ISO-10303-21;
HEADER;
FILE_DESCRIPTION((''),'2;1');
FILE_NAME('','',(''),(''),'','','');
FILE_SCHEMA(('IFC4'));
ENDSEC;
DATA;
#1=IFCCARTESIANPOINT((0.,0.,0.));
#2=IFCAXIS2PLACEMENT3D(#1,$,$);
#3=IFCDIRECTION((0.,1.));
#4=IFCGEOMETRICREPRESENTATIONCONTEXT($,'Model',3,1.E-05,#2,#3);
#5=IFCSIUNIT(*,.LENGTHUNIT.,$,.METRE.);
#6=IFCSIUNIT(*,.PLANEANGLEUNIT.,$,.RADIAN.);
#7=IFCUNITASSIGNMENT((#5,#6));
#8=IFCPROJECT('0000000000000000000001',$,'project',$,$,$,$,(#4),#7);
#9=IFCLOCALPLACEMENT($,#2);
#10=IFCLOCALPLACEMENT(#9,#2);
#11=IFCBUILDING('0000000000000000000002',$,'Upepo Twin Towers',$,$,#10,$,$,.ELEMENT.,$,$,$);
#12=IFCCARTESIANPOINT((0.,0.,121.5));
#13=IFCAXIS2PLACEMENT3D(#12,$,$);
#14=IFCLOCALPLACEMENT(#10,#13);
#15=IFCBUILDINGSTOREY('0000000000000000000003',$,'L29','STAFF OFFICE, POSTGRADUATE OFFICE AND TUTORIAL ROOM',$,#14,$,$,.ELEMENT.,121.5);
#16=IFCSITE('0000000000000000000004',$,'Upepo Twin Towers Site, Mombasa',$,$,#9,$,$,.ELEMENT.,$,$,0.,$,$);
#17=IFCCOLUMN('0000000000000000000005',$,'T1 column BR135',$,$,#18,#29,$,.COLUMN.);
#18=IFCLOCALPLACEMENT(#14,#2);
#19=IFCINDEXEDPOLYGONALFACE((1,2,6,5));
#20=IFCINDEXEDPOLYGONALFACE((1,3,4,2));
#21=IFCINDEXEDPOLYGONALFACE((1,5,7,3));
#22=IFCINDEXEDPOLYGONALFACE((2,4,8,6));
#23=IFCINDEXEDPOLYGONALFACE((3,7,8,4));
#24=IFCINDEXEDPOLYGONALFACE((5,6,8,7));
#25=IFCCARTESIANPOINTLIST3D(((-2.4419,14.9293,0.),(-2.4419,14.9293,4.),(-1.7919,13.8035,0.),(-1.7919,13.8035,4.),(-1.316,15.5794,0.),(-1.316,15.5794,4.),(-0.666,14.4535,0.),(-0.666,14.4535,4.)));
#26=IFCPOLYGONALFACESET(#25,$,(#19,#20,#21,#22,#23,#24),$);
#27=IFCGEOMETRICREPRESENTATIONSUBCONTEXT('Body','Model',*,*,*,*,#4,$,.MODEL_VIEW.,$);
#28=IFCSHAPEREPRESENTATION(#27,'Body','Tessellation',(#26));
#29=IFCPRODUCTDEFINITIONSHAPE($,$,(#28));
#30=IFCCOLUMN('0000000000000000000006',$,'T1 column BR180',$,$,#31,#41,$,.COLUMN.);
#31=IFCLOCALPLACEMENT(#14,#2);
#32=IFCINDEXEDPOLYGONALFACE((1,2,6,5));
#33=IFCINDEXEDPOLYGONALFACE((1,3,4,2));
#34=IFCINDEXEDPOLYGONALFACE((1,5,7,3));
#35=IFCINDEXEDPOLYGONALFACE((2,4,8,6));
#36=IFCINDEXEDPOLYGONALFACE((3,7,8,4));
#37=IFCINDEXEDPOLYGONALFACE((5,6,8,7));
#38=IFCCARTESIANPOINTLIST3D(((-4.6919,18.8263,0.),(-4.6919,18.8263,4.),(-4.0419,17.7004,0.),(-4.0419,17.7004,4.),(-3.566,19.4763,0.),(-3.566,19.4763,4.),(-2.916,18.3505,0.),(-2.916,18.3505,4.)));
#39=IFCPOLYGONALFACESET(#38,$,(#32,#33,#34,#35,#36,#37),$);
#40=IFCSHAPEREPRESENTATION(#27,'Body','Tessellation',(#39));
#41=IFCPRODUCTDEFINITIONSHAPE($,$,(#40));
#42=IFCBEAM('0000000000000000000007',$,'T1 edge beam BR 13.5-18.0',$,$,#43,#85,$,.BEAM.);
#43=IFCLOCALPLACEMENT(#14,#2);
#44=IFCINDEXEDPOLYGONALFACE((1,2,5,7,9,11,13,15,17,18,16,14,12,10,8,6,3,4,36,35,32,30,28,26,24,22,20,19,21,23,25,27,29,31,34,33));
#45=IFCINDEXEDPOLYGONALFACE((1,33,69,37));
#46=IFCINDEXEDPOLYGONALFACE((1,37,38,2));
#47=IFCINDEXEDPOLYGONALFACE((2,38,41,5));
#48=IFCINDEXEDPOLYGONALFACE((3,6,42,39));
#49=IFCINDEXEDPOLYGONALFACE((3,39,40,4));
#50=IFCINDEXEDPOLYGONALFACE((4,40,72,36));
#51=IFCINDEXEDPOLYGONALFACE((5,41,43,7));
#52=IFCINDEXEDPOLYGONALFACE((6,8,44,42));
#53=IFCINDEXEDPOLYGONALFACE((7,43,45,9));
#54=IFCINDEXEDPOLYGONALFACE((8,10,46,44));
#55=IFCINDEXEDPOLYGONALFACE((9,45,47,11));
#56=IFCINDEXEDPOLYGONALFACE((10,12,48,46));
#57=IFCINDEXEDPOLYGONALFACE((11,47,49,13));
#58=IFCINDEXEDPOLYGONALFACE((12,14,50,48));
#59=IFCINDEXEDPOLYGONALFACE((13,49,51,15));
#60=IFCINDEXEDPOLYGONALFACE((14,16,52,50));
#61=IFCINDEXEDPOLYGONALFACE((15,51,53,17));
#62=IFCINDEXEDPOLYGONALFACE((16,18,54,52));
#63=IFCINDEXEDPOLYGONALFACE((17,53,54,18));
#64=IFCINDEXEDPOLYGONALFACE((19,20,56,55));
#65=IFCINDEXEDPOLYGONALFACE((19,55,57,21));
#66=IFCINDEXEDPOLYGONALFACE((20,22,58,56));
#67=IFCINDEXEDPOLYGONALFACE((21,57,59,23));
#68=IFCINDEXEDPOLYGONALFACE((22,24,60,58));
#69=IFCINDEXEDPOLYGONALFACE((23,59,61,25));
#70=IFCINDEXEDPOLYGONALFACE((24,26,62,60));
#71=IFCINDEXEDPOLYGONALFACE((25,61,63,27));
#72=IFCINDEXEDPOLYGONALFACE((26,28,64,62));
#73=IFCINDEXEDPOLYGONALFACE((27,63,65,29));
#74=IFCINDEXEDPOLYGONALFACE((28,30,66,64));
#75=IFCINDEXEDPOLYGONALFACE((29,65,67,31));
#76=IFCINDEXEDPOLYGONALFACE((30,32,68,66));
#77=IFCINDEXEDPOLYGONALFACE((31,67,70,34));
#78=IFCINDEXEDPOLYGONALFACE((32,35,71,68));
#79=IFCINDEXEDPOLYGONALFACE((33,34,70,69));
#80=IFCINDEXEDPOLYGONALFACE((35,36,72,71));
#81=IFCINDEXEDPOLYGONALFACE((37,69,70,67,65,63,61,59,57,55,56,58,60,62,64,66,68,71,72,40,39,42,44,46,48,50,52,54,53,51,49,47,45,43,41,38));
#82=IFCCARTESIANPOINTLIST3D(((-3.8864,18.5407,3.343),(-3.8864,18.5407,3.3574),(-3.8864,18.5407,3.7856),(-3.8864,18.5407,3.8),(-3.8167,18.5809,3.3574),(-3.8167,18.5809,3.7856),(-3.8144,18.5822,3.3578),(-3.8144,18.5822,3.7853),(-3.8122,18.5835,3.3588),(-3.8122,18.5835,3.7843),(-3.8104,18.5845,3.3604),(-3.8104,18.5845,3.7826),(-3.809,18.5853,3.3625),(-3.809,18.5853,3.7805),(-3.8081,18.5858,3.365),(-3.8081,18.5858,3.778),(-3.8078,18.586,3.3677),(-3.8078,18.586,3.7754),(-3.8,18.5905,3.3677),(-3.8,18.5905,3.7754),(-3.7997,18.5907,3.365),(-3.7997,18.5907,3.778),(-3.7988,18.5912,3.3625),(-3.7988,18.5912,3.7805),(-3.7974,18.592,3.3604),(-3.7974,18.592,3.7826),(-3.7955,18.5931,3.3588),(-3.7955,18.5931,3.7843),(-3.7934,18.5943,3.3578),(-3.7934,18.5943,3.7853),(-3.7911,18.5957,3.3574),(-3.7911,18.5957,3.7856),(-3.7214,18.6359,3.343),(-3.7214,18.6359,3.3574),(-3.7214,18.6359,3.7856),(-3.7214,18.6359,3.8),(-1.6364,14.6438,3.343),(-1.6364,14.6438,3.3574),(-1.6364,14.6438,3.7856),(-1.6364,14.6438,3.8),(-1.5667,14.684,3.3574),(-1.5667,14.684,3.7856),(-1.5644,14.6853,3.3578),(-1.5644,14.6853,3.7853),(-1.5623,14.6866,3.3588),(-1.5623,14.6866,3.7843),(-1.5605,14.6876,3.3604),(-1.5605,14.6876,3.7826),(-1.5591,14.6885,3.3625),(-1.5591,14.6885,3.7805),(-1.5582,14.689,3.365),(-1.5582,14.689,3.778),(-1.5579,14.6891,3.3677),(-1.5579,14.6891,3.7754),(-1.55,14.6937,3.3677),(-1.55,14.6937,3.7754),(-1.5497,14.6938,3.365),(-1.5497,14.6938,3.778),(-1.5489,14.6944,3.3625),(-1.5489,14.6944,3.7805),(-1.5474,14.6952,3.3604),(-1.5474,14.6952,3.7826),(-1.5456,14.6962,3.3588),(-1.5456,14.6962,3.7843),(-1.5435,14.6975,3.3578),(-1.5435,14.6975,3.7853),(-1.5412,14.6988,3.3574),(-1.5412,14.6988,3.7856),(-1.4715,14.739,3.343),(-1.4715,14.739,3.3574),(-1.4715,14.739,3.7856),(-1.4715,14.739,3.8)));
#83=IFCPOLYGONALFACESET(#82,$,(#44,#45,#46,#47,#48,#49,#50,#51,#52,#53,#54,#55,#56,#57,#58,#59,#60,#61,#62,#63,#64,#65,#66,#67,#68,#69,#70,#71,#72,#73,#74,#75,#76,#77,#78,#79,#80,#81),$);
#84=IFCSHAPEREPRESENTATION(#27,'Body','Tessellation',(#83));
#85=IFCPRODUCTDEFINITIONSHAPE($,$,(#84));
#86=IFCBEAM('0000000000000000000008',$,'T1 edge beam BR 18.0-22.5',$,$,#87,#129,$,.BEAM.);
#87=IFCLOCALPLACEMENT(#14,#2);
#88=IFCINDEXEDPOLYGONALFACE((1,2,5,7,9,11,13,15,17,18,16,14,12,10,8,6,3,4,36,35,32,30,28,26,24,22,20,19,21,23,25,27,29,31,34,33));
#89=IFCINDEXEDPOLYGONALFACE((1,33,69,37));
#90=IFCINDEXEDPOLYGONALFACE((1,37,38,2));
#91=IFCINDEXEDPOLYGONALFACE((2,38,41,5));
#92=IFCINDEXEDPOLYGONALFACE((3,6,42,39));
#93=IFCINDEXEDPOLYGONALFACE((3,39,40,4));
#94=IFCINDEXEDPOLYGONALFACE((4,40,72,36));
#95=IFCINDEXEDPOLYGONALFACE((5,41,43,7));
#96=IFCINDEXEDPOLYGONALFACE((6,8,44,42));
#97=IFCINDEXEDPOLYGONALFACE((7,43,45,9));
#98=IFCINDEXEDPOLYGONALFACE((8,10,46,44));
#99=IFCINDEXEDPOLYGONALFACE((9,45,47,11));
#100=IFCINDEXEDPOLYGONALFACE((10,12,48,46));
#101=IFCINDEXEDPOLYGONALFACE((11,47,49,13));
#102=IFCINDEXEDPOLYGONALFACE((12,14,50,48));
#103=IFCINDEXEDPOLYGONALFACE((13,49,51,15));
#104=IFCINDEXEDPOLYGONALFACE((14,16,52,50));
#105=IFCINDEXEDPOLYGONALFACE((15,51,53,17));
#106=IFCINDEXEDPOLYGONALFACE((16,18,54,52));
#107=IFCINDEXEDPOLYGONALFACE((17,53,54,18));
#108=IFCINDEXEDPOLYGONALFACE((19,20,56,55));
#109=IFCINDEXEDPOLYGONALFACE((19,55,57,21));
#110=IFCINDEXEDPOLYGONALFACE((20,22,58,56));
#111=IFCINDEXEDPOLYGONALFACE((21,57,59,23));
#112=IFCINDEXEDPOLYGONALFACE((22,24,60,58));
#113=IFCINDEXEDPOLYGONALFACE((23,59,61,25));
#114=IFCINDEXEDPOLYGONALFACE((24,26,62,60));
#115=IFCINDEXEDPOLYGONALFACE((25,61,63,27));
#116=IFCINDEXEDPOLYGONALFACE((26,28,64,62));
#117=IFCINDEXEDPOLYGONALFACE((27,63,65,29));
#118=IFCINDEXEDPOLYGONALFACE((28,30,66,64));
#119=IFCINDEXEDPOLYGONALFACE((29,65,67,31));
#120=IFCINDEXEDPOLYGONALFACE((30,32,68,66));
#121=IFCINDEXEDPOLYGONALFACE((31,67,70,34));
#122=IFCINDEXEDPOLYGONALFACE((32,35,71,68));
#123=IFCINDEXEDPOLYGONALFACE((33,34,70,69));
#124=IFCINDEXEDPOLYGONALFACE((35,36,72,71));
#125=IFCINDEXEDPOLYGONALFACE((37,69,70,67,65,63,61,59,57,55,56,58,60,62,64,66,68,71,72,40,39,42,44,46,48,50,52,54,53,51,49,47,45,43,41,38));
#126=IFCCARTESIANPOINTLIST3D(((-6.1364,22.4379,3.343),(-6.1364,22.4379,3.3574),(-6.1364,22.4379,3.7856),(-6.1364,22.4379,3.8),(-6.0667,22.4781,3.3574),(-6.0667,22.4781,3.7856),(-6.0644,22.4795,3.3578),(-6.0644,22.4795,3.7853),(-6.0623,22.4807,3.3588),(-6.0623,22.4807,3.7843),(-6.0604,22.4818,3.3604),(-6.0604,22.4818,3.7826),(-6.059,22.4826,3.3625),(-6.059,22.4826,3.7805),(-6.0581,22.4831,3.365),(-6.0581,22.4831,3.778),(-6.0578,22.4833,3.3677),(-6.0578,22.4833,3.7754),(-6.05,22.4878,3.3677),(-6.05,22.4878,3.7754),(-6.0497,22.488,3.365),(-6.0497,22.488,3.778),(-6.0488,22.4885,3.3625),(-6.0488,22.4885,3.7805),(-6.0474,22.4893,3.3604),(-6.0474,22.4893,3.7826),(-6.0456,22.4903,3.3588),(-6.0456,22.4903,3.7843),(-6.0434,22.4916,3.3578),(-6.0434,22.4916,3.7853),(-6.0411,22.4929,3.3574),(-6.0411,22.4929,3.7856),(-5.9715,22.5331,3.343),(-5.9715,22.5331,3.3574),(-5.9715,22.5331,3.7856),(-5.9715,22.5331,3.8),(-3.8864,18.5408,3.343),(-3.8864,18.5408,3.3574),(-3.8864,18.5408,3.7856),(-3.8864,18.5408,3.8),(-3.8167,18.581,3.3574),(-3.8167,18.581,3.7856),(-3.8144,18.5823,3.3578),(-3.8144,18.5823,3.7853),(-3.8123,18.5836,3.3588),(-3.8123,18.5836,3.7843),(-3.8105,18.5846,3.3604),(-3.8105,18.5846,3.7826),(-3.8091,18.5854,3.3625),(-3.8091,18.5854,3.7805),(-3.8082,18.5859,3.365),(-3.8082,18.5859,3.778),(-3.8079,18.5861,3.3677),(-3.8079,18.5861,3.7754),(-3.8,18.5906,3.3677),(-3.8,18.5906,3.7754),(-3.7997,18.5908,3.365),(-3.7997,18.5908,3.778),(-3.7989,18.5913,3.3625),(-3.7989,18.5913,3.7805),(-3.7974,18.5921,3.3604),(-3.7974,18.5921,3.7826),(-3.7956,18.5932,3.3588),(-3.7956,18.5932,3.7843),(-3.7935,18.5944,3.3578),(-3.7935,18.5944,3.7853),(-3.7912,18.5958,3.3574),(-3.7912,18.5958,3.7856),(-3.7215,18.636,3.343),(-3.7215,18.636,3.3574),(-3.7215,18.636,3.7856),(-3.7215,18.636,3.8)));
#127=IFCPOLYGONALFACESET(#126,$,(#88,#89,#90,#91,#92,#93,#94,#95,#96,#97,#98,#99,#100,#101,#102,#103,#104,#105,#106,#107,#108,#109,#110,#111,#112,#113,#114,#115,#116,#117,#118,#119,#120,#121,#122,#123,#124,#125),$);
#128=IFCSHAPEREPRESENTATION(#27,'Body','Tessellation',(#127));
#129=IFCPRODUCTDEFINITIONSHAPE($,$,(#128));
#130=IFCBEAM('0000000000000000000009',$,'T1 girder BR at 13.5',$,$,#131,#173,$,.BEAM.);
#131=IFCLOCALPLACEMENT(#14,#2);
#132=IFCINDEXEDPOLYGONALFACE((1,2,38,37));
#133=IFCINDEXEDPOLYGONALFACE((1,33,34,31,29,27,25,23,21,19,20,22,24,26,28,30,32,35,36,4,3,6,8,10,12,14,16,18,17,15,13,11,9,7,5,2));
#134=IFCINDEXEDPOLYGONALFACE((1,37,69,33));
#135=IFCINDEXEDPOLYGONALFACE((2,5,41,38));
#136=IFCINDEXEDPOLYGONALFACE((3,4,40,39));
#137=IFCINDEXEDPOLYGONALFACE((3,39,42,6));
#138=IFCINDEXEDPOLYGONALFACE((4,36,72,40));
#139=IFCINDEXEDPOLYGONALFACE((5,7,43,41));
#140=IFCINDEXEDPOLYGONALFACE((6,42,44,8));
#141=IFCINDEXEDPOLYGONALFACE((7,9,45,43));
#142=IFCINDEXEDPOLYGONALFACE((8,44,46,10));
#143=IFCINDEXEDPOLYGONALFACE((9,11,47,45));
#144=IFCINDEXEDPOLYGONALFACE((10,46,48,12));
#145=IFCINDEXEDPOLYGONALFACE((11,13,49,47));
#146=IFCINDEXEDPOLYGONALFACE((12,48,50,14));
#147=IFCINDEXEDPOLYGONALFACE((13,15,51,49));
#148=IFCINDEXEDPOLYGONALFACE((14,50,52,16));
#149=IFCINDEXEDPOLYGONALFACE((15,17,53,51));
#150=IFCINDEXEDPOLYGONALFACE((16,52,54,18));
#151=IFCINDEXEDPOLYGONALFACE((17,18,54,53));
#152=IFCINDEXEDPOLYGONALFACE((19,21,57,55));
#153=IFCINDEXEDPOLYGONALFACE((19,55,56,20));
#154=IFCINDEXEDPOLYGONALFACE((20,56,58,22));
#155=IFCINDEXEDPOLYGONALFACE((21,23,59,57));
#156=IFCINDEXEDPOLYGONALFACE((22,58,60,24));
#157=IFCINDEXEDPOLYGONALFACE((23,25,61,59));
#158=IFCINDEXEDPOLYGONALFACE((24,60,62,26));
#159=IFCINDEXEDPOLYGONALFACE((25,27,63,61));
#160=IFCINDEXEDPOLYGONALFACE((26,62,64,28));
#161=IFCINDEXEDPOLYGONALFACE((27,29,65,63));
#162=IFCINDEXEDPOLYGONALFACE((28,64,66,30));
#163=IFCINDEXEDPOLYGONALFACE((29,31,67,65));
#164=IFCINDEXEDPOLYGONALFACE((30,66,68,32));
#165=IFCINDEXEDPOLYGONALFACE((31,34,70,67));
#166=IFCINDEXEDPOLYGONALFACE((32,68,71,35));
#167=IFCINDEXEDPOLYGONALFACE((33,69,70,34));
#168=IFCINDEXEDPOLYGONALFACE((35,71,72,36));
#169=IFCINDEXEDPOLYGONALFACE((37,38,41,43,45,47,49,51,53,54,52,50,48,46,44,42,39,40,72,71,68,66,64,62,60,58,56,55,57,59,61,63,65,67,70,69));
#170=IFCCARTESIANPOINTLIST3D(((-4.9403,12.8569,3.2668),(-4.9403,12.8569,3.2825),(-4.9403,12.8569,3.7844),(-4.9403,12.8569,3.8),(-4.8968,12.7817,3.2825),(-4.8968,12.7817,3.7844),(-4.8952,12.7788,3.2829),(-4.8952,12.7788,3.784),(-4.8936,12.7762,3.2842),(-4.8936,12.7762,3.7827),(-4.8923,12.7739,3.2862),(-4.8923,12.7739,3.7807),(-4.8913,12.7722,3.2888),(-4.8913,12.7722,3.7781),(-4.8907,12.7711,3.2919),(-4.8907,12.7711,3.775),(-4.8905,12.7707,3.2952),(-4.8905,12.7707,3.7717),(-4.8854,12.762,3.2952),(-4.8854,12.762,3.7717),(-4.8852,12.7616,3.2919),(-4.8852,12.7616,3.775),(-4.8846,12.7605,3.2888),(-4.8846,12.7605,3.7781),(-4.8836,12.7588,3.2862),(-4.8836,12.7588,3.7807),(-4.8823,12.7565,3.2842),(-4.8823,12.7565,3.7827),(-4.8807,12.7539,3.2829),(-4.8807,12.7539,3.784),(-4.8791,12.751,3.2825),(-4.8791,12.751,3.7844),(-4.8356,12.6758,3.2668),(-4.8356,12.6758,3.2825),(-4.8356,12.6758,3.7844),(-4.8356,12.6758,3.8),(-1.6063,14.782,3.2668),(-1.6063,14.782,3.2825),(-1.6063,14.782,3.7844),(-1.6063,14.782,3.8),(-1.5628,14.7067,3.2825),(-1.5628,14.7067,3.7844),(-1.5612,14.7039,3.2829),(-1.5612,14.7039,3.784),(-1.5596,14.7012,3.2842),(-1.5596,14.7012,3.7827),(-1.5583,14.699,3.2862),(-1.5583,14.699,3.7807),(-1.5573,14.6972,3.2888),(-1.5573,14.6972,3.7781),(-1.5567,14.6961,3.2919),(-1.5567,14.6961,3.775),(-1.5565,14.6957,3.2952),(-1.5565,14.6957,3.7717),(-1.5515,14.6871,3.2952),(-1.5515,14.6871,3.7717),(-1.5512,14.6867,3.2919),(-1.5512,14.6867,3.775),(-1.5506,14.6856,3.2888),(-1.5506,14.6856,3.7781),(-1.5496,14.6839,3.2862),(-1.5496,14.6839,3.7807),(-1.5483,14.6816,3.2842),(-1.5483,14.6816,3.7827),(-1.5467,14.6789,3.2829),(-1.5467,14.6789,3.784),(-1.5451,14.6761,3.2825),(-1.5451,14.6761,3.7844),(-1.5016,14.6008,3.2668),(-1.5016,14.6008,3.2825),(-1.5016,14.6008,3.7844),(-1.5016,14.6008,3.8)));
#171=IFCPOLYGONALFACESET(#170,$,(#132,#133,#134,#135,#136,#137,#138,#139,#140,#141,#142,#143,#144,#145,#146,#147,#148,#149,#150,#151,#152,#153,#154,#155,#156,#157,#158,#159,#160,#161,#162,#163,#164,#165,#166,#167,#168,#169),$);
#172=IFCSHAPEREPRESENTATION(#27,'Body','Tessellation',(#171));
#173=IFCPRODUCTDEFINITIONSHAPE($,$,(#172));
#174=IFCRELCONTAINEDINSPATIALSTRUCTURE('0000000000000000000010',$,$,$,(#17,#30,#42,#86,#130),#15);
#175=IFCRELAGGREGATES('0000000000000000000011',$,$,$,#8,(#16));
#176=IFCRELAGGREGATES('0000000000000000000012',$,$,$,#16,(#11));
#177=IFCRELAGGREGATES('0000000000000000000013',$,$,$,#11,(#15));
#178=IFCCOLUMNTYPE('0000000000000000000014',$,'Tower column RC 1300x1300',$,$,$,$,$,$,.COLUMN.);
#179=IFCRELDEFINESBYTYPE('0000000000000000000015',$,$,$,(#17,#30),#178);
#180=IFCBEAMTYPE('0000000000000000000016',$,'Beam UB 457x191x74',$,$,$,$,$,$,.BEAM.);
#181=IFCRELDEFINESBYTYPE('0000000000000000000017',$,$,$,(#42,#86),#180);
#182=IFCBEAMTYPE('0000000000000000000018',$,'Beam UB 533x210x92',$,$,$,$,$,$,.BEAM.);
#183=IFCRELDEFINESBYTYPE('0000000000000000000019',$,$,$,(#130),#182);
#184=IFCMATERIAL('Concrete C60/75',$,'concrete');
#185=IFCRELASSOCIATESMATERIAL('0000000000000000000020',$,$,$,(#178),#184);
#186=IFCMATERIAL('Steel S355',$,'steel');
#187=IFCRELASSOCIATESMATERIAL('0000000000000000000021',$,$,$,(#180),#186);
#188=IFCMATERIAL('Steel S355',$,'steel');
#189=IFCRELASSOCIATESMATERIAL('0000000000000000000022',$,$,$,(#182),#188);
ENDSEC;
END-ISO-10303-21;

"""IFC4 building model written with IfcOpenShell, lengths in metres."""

from ifc_helpers import new_model, si_unit, direction, frame, origin, origin_2d, place, context, subcontext, project, spatial, rectangle, i_section, extrude, material, material_profile, profile_set, type_object, element, save


model = new_model("IFC4")

# Units and contexts
model_context = context("Model", 3, precision=1e-05, world=origin(), true_north=direction((0.0, 1.0)))
body_context = subcontext(model_context, "Body", "Model", "MODEL_VIEW")
ifc_project = project(units=[si_unit("LENGTHUNIT", "METRE"), si_unit("PLANEANGLEUNIT", "RADIAN")], contexts=[model_context])

# Site, building, storey
site_placement = place(None, origin())
site = spatial("IfcSite", under=ifc_project, at=site_placement, Name="Upepo Twin Towers Site, Mombasa", CompositionType="ELEMENT", RefElevation=0.0)
building_placement = place(site_placement, origin())
building = spatial("IfcBuilding", under=site, at=building_placement, Name="Upepo Twin Towers", CompositionType="ELEMENT")
storey_placement = place(building_placement, frame((0.0, 0.0, 121.5)))
storey = spatial("IfcBuildingStorey", under=building, at=storey_placement, Name="L29", Description="STAFF OFFICE, POSTGRADUATE OFFICE AND TUTORIAL ROOM", CompositionType="ELEMENT", Elevation=121.5)

# Columns
ifc_material_1 = material(Name="Concrete C60/75", Category="concrete")
ifc_material_profile_1 = material_profile(ifc_material_1, rectangle(XDim=1.3, YDim=1.3, at=origin_2d()), Name="RC 1300x1300")
ifc_profile_set_1 = profile_set([ifc_material_profile_1], Name="Concrete C60/75")
column_type = type_object("IfcColumnType", Name="Tower column RC 1300x1300", PredefinedType="COLUMN", material=ifc_profile_set_1)
for number, where, z_axis, x_axis, name in (
    (1, (-1.554, 14.6914, 0.0), (0.0, 0.0, 1.0), (0.866025, 0.5, 0.0), "T1 column BR135"),
    (2, (-3.804, 18.5884, 0.0), (0.0, 0.0, 1.0), (0.866025, 0.5, 0.0), "T1 column BR180"),
):
    element("IfcColumn", number, at=place(storey_placement, frame(where, z_axis=z_axis, x_axis=x_axis)), inside=storey, type_object=column_type, Name=name, PredefinedType="COLUMN", context=body_context, shape_type="SweptSolid", body=[
        extrude(rectangle(XDim=1.3, YDim=1.3, at=origin_2d()), origin(), (0.0, 0.0, 1.0), 4.0),
    ])

# Beams
ifc_material_2 = material(Name="Steel S355", Category="steel")
ifc_material_profile_2 = material_profile(ifc_material_2, i_section(OverallWidth=0.1904, OverallDepth=0.457, WebThickness=0.009, FlangeThickness=0.0144, FilletRadius=0.0103, at=origin_2d()), Name="UB 457x191x74")
ifc_profile_set_2 = profile_set([ifc_material_profile_2], Name="Steel S355")
beam_type_1 = type_object("IfcBeamType", Name="Beam UB 457x191x74", PredefinedType="BEAM", material=ifc_profile_set_2)
beam_1_placement = place(storey_placement, frame((-1.554, 14.6914, 3.5715), z_axis=(-0.500014, 0.866018, 0.0), x_axis=(-0.866018, -0.500014, 0.0)))
element("IfcBeam", 3, at=beam_1_placement, inside=storey, type_object=beam_type_1, Name="T1 edge beam BR 13.5-18.0", PredefinedType="BEAM", context=body_context, shape_type="SweptSolid", body=[
    extrude(i_section(OverallWidth=0.1904, OverallDepth=0.457, WebThickness=0.009, FlangeThickness=0.0144, FilletRadius=0.0103, at=origin_2d()), origin(), (0.0, 0.0, 1.0), 4.4998),
])
beam_2_placement = place(storey_placement, frame((-3.804, 18.5884, 3.5715), z_axis=(-0.49999, 0.866031, 0.0), x_axis=(-0.866031, -0.49999, 0.0)))
element("IfcBeam", 4, at=beam_2_placement, inside=storey, type_object=beam_type_1, Name="T1 edge beam BR 18.0-22.5", PredefinedType="BEAM", context=body_context, shape_type="SweptSolid", body=[
    extrude(i_section(OverallWidth=0.1904, OverallDepth=0.457, WebThickness=0.009, FlangeThickness=0.0144, FilletRadius=0.0103, at=origin_2d()), origin(), (0.0, 0.0, 1.0), 4.5),
])
ifc_material_3 = material(Name="Steel S355", Category="steel")
ifc_material_profile_3 = material_profile(ifc_material_3, i_section(OverallWidth=0.2092, OverallDepth=0.5332, WebThickness=0.01, FlangeThickness=0.0156, FilletRadius=0.0127, at=origin_2d()), Name="UB 533x210x92")
ifc_profile_set_3 = profile_set([ifc_material_profile_3], Name="Steel S355")
beam_type_2 = type_object("IfcBeamType", Name="Beam UB 533x210x92", PredefinedType="BEAM", material=ifc_profile_set_3)
beam_3_placement = place(storey_placement, frame((-1.554, 14.6914, 3.5334), z_axis=(-0.866006, -0.500034, 0.0), x_axis=(0.500034, -0.866006, 0.0)))
element("IfcBeam", 5, at=beam_3_placement, inside=storey, type_object=beam_type_2, Name="T1 girder BR at 13.5", PredefinedType="BEAM", context=body_context, shape_type="SweptSolid", body=[
    extrude(i_section(OverallWidth=0.2092, OverallDepth=0.5332, WebThickness=0.01, FlangeThickness=0.0156, FilletRadius=0.0127, at=origin_2d()), origin(), (0.0, 0.0, 1.0), 3.8499),
])

save(model, "model.ifc")
